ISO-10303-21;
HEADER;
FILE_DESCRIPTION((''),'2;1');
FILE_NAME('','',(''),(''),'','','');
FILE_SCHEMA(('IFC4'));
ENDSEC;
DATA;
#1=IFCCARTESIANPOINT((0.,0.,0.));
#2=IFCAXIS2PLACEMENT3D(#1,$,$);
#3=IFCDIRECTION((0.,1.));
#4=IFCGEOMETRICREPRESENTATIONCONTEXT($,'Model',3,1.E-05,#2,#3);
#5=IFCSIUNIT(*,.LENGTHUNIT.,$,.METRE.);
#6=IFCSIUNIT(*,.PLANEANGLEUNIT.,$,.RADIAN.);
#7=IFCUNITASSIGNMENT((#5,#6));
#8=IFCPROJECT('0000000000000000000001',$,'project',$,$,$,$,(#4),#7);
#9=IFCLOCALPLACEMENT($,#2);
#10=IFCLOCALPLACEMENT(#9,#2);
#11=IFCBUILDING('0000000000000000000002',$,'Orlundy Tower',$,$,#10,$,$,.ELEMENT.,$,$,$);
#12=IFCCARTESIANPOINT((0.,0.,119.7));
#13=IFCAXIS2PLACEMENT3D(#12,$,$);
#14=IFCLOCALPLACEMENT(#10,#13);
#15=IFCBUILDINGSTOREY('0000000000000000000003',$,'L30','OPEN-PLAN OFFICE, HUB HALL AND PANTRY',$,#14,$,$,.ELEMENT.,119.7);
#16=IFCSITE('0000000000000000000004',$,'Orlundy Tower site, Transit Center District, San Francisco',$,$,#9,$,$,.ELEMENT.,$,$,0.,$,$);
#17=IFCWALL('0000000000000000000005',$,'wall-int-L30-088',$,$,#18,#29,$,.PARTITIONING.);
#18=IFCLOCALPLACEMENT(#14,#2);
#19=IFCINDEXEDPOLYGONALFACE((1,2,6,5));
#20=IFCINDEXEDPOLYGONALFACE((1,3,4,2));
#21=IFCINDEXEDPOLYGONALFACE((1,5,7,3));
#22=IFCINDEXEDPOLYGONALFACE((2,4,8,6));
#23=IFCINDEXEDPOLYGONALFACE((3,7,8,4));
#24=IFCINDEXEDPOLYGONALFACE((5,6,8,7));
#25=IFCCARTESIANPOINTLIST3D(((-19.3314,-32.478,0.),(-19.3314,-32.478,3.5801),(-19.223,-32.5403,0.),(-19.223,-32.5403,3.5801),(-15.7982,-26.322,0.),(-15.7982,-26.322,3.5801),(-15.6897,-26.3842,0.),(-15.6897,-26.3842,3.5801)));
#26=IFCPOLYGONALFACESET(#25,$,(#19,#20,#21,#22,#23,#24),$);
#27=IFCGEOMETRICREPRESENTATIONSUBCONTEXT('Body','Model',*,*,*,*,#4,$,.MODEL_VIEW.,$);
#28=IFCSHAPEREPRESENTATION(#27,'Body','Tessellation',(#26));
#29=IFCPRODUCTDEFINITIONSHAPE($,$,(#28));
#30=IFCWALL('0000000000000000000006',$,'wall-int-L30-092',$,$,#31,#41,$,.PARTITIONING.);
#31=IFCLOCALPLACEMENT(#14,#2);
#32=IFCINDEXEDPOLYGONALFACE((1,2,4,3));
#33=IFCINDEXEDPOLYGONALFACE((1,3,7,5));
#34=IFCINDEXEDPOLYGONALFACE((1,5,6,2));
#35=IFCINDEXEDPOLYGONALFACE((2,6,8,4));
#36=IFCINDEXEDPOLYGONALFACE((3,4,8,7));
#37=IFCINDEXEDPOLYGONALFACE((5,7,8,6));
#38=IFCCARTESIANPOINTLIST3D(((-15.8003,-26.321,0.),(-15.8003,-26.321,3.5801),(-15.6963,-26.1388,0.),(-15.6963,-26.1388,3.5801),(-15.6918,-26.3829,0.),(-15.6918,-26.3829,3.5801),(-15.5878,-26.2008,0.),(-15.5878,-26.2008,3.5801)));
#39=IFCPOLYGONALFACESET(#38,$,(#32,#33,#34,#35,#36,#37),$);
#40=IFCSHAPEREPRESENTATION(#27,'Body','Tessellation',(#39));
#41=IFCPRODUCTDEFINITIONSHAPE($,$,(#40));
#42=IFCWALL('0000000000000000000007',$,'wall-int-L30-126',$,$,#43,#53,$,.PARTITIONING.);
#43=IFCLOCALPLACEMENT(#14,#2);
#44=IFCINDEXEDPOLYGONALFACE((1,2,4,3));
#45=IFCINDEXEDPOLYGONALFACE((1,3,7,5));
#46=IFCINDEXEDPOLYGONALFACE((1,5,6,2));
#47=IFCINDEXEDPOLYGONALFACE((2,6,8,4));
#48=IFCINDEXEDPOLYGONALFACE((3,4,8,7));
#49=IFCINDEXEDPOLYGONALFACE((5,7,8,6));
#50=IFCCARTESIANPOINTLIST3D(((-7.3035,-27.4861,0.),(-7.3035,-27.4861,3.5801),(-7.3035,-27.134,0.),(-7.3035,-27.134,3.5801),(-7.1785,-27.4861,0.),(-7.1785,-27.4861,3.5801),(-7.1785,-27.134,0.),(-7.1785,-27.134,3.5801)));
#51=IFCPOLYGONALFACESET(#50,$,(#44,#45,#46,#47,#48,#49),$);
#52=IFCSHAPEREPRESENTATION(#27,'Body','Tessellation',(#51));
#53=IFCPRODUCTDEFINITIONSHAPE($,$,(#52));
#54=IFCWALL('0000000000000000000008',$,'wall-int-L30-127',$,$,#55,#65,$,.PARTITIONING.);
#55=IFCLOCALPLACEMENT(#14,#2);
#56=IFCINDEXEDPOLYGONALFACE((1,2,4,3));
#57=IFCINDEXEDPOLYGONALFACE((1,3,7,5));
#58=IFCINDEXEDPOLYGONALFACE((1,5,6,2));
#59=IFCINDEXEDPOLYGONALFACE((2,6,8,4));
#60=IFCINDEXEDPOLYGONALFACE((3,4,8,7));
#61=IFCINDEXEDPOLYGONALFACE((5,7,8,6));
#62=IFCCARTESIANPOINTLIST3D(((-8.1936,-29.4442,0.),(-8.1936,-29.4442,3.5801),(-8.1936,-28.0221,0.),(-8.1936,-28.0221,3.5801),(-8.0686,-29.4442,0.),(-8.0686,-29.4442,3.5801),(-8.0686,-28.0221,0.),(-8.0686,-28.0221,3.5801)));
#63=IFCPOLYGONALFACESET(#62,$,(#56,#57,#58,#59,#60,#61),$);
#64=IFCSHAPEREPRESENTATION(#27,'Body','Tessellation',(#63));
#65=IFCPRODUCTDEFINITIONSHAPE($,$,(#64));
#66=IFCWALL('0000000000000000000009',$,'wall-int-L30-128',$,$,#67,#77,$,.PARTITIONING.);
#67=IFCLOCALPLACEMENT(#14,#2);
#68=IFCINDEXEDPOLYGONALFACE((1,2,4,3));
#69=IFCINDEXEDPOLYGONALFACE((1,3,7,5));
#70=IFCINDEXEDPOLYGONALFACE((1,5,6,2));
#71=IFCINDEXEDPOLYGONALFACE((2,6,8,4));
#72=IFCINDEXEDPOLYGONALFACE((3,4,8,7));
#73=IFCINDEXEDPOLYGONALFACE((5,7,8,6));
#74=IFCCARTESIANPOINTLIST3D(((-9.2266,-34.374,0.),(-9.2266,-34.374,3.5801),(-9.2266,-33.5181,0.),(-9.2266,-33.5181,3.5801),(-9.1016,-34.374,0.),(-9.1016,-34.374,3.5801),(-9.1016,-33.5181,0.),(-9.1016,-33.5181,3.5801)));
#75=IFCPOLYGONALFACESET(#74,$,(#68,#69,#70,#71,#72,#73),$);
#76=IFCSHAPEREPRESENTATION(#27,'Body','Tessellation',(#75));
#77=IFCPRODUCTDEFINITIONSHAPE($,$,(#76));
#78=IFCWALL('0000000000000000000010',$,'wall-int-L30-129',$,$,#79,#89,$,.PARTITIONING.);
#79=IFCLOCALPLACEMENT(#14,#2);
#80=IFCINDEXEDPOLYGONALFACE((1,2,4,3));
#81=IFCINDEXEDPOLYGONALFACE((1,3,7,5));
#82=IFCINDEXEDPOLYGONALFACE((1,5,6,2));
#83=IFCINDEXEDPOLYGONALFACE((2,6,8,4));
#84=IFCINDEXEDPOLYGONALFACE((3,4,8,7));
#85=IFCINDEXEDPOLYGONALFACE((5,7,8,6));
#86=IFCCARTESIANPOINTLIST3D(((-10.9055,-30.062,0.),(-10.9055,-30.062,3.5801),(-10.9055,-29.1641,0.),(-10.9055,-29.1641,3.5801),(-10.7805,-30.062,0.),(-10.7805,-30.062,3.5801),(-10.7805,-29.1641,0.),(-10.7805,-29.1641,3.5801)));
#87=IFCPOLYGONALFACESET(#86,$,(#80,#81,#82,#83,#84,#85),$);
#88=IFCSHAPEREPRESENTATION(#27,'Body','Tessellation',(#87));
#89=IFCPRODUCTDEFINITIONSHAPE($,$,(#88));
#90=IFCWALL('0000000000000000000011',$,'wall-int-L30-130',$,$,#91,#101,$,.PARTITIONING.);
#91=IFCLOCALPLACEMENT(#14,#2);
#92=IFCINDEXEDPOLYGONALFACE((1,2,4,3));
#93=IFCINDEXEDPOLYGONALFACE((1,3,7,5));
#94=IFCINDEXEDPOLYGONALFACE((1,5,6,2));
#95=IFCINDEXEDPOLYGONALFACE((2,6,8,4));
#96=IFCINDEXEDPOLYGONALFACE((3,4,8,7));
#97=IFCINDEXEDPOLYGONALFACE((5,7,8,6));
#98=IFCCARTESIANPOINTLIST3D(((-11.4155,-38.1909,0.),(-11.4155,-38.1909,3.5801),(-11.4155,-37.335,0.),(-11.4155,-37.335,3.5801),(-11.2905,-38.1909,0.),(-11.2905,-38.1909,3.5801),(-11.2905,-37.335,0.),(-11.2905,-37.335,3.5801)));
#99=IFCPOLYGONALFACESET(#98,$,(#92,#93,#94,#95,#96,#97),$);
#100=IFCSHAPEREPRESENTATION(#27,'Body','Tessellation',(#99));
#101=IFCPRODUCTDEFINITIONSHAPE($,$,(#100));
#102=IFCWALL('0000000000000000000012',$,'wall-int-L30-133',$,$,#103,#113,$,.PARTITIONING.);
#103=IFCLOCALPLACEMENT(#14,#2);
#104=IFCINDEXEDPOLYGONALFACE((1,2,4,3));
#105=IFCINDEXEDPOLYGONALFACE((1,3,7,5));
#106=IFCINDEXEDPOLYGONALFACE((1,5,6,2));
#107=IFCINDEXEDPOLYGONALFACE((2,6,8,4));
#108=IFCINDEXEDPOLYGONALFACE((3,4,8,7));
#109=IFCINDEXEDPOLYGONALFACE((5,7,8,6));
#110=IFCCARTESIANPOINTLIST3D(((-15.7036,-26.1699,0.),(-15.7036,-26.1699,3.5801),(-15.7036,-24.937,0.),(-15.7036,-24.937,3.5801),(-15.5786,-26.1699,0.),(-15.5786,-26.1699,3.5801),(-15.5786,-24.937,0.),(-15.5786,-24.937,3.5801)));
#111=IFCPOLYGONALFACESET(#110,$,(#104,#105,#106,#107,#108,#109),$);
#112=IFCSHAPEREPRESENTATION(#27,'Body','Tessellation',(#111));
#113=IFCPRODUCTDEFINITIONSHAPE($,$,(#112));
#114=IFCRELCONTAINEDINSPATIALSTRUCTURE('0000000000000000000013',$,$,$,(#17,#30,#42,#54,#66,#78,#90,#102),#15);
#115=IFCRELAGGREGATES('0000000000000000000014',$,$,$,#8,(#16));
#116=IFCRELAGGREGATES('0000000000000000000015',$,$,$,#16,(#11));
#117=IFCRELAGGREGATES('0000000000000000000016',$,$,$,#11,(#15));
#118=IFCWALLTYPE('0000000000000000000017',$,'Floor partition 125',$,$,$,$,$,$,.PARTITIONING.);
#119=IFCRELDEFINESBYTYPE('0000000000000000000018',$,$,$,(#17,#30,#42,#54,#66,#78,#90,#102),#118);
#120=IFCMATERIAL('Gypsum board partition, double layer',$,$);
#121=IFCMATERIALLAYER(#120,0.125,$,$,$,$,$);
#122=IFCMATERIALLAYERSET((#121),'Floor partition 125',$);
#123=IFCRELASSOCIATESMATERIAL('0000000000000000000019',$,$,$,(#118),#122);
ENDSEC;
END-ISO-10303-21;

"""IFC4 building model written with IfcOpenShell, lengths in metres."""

from ifc_helpers import new_model, si_unit, direction, frame, frame_2d, origin, place, context, subcontext, project, spatial, rectangle, extrude, material, layer, layer_set, type_object, element, save


model = new_model("IFC4")

# Units and contexts
model_context = context("Model", 3, precision=1e-05, world=origin(), true_north=direction((0.0, 1.0)))
body_context = subcontext(model_context, "Body", "Model", "MODEL_VIEW")
ifc_project = project(units=[si_unit("LENGTHUNIT", "METRE"), si_unit("PLANEANGLEUNIT", "RADIAN")], contexts=[model_context])

# Site, building, storey
site_placement = place(None, origin())
site = spatial("IfcSite", under=ifc_project, at=site_placement, Name="Orlundy Tower site, Transit Center District, San Francisco", CompositionType="ELEMENT", RefElevation=0.0)
building_placement = place(site_placement, origin())
building = spatial("IfcBuilding", under=site, at=building_placement, Name="Orlundy Tower", CompositionType="ELEMENT")
storey_placement = place(building_placement, frame((0.0, 0.0, 119.7)))
storey = spatial("IfcBuildingStorey", under=building, at=storey_placement, Name="L30", Description="OPEN-PLAN OFFICE, HUB HALL AND PANTRY", CompositionType="ELEMENT", Elevation=119.7)

# Shared definitions
ifc_material_1 = material(Name="Gypsum board partition, double layer")
ifc_layer_1 = layer(ifc_material_1, 0.125)
ifc_layer_set_1 = layer_set([ifc_layer_1], Name="Floor partition 125")
wall_type_1 = type_object("IfcWallType", Name="Floor partition 125", PredefinedType="PARTITIONING", material=ifc_layer_set_1)

# Walls
wall_1_placement = place(storey_placement, frame((-19.2771, -32.509, 0.0), z_axis=(0.0, 0.0, 1.0), x_axis=(0.497783, 0.867302, 0.0)))
element("IfcWall", 1, at=wall_1_placement, inside=storey, type_object=wall_type_1, Name="wall-int-L30-088", PredefinedType="PARTITIONING", context=body_context, shape_type="SweptSolid", body=[
    extrude(rectangle(XDim=7.0979, YDim=0.125, at=frame_2d((3.5488, 0.0))), origin(), (0.0, 0.0, 1.0), 3.5801),
])
wall_2_placement = place(storey_placement, frame((-15.7461, -26.3521, 0.0), z_axis=(0.0, 0.0, 1.0), x_axis=(0.495888, 0.868386, 0.0)))
element("IfcWall", 2, at=wall_2_placement, inside=storey, type_object=wall_type_1, Name="wall-int-L30-092", PredefinedType="PARTITIONING", context=body_context, shape_type="SweptSolid", body=[
    extrude(rectangle(XDim=0.2097, YDim=0.125, at=frame_2d((0.105, 0.0))), origin(), (0.0, 0.0, 1.0), 3.5801),
])
wall_3_placement = place(storey_placement, frame((-7.241, -27.4861, 0.0), z_axis=(0.0, 0.0, 1.0), x_axis=(0.0, 1.0, 0.0)))
element("IfcWall", 3, at=wall_3_placement, inside=storey, type_object=wall_type_1, Name="wall-int-L30-126", PredefinedType="PARTITIONING", context=body_context, shape_type="SweptSolid", body=[
    extrude(rectangle(XDim=0.3521, YDim=0.125, at=frame_2d((0.176, 0.0))), origin(), (0.0, 0.0, 1.0), 3.5801),
])
wall_4_placement = place(storey_placement, frame((-8.1311, -29.4441, 0.0), z_axis=(0.0, 0.0, 1.0), x_axis=(0.0, 1.0, 0.0)))
element("IfcWall", 4, at=wall_4_placement, inside=storey, type_object=wall_type_1, Name="wall-int-L30-127", PredefinedType="PARTITIONING", context=body_context, shape_type="SweptSolid", body=[
    extrude(rectangle(XDim=1.4221, YDim=0.125, at=frame_2d((0.7109, 0.0))), origin(), (0.0, 0.0, 1.0), 3.5801),
])
wall_5_placement = place(storey_placement, frame((-9.1641, -34.374, 0.0), z_axis=(0.0, 0.0, 1.0), x_axis=(0.0, 1.0, 0.0)))
element("IfcWall", 5, at=wall_5_placement, inside=storey, type_object=wall_type_1, Name="wall-int-L30-128", PredefinedType="PARTITIONING", context=body_context, shape_type="SweptSolid", body=[
    extrude(rectangle(XDim=0.856, YDim=0.125, at=frame_2d((0.428, 0.0))), origin(), (0.0, 0.0, 1.0), 3.5801),
])
wall_6_placement = place(storey_placement, frame((-10.843, -30.062, 0.0), z_axis=(0.0, 0.0, 1.0), x_axis=(0.0, 1.0, 0.0)))
element("IfcWall", 6, at=wall_6_placement, inside=storey, type_object=wall_type_1, Name="wall-int-L30-129", PredefinedType="PARTITIONING", context=body_context, shape_type="SweptSolid", body=[
    extrude(rectangle(XDim=0.8979, YDim=0.125, at=frame_2d((0.449, 0.0))), origin(), (0.0, 0.0, 1.0), 3.5801),
])
wall_7_placement = place(storey_placement, frame((-11.353, -38.1909, 0.0), z_axis=(0.0, 0.0, 1.0), x_axis=(0.0, 1.0, 0.0)))
element("IfcWall", 7, at=wall_7_placement, inside=storey, type_object=wall_type_1, Name="wall-int-L30-130", PredefinedType="PARTITIONING", context=body_context, shape_type="SweptSolid", body=[
    extrude(rectangle(XDim=0.856, YDim=0.125, at=frame_2d((0.428, 0.0))), origin(), (0.0, 0.0, 1.0), 3.5801),
])
wall_8_placement = place(storey_placement, frame((-15.6411, -26.1699, 0.0), z_axis=(0.0, 0.0, 1.0), x_axis=(0.0, 1.0, 0.0)))
element("IfcWall", 8, at=wall_8_placement, inside=storey, type_object=wall_type_1, Name="wall-int-L30-133", PredefinedType="PARTITIONING", context=body_context, shape_type="SweptSolid", body=[
    extrude(rectangle(XDim=1.2329, YDim=0.125, at=frame_2d((0.6165, 0.0))), origin(), (0.0, 0.0, 1.0), 3.5801),
])

save(model, "model.ifc")
